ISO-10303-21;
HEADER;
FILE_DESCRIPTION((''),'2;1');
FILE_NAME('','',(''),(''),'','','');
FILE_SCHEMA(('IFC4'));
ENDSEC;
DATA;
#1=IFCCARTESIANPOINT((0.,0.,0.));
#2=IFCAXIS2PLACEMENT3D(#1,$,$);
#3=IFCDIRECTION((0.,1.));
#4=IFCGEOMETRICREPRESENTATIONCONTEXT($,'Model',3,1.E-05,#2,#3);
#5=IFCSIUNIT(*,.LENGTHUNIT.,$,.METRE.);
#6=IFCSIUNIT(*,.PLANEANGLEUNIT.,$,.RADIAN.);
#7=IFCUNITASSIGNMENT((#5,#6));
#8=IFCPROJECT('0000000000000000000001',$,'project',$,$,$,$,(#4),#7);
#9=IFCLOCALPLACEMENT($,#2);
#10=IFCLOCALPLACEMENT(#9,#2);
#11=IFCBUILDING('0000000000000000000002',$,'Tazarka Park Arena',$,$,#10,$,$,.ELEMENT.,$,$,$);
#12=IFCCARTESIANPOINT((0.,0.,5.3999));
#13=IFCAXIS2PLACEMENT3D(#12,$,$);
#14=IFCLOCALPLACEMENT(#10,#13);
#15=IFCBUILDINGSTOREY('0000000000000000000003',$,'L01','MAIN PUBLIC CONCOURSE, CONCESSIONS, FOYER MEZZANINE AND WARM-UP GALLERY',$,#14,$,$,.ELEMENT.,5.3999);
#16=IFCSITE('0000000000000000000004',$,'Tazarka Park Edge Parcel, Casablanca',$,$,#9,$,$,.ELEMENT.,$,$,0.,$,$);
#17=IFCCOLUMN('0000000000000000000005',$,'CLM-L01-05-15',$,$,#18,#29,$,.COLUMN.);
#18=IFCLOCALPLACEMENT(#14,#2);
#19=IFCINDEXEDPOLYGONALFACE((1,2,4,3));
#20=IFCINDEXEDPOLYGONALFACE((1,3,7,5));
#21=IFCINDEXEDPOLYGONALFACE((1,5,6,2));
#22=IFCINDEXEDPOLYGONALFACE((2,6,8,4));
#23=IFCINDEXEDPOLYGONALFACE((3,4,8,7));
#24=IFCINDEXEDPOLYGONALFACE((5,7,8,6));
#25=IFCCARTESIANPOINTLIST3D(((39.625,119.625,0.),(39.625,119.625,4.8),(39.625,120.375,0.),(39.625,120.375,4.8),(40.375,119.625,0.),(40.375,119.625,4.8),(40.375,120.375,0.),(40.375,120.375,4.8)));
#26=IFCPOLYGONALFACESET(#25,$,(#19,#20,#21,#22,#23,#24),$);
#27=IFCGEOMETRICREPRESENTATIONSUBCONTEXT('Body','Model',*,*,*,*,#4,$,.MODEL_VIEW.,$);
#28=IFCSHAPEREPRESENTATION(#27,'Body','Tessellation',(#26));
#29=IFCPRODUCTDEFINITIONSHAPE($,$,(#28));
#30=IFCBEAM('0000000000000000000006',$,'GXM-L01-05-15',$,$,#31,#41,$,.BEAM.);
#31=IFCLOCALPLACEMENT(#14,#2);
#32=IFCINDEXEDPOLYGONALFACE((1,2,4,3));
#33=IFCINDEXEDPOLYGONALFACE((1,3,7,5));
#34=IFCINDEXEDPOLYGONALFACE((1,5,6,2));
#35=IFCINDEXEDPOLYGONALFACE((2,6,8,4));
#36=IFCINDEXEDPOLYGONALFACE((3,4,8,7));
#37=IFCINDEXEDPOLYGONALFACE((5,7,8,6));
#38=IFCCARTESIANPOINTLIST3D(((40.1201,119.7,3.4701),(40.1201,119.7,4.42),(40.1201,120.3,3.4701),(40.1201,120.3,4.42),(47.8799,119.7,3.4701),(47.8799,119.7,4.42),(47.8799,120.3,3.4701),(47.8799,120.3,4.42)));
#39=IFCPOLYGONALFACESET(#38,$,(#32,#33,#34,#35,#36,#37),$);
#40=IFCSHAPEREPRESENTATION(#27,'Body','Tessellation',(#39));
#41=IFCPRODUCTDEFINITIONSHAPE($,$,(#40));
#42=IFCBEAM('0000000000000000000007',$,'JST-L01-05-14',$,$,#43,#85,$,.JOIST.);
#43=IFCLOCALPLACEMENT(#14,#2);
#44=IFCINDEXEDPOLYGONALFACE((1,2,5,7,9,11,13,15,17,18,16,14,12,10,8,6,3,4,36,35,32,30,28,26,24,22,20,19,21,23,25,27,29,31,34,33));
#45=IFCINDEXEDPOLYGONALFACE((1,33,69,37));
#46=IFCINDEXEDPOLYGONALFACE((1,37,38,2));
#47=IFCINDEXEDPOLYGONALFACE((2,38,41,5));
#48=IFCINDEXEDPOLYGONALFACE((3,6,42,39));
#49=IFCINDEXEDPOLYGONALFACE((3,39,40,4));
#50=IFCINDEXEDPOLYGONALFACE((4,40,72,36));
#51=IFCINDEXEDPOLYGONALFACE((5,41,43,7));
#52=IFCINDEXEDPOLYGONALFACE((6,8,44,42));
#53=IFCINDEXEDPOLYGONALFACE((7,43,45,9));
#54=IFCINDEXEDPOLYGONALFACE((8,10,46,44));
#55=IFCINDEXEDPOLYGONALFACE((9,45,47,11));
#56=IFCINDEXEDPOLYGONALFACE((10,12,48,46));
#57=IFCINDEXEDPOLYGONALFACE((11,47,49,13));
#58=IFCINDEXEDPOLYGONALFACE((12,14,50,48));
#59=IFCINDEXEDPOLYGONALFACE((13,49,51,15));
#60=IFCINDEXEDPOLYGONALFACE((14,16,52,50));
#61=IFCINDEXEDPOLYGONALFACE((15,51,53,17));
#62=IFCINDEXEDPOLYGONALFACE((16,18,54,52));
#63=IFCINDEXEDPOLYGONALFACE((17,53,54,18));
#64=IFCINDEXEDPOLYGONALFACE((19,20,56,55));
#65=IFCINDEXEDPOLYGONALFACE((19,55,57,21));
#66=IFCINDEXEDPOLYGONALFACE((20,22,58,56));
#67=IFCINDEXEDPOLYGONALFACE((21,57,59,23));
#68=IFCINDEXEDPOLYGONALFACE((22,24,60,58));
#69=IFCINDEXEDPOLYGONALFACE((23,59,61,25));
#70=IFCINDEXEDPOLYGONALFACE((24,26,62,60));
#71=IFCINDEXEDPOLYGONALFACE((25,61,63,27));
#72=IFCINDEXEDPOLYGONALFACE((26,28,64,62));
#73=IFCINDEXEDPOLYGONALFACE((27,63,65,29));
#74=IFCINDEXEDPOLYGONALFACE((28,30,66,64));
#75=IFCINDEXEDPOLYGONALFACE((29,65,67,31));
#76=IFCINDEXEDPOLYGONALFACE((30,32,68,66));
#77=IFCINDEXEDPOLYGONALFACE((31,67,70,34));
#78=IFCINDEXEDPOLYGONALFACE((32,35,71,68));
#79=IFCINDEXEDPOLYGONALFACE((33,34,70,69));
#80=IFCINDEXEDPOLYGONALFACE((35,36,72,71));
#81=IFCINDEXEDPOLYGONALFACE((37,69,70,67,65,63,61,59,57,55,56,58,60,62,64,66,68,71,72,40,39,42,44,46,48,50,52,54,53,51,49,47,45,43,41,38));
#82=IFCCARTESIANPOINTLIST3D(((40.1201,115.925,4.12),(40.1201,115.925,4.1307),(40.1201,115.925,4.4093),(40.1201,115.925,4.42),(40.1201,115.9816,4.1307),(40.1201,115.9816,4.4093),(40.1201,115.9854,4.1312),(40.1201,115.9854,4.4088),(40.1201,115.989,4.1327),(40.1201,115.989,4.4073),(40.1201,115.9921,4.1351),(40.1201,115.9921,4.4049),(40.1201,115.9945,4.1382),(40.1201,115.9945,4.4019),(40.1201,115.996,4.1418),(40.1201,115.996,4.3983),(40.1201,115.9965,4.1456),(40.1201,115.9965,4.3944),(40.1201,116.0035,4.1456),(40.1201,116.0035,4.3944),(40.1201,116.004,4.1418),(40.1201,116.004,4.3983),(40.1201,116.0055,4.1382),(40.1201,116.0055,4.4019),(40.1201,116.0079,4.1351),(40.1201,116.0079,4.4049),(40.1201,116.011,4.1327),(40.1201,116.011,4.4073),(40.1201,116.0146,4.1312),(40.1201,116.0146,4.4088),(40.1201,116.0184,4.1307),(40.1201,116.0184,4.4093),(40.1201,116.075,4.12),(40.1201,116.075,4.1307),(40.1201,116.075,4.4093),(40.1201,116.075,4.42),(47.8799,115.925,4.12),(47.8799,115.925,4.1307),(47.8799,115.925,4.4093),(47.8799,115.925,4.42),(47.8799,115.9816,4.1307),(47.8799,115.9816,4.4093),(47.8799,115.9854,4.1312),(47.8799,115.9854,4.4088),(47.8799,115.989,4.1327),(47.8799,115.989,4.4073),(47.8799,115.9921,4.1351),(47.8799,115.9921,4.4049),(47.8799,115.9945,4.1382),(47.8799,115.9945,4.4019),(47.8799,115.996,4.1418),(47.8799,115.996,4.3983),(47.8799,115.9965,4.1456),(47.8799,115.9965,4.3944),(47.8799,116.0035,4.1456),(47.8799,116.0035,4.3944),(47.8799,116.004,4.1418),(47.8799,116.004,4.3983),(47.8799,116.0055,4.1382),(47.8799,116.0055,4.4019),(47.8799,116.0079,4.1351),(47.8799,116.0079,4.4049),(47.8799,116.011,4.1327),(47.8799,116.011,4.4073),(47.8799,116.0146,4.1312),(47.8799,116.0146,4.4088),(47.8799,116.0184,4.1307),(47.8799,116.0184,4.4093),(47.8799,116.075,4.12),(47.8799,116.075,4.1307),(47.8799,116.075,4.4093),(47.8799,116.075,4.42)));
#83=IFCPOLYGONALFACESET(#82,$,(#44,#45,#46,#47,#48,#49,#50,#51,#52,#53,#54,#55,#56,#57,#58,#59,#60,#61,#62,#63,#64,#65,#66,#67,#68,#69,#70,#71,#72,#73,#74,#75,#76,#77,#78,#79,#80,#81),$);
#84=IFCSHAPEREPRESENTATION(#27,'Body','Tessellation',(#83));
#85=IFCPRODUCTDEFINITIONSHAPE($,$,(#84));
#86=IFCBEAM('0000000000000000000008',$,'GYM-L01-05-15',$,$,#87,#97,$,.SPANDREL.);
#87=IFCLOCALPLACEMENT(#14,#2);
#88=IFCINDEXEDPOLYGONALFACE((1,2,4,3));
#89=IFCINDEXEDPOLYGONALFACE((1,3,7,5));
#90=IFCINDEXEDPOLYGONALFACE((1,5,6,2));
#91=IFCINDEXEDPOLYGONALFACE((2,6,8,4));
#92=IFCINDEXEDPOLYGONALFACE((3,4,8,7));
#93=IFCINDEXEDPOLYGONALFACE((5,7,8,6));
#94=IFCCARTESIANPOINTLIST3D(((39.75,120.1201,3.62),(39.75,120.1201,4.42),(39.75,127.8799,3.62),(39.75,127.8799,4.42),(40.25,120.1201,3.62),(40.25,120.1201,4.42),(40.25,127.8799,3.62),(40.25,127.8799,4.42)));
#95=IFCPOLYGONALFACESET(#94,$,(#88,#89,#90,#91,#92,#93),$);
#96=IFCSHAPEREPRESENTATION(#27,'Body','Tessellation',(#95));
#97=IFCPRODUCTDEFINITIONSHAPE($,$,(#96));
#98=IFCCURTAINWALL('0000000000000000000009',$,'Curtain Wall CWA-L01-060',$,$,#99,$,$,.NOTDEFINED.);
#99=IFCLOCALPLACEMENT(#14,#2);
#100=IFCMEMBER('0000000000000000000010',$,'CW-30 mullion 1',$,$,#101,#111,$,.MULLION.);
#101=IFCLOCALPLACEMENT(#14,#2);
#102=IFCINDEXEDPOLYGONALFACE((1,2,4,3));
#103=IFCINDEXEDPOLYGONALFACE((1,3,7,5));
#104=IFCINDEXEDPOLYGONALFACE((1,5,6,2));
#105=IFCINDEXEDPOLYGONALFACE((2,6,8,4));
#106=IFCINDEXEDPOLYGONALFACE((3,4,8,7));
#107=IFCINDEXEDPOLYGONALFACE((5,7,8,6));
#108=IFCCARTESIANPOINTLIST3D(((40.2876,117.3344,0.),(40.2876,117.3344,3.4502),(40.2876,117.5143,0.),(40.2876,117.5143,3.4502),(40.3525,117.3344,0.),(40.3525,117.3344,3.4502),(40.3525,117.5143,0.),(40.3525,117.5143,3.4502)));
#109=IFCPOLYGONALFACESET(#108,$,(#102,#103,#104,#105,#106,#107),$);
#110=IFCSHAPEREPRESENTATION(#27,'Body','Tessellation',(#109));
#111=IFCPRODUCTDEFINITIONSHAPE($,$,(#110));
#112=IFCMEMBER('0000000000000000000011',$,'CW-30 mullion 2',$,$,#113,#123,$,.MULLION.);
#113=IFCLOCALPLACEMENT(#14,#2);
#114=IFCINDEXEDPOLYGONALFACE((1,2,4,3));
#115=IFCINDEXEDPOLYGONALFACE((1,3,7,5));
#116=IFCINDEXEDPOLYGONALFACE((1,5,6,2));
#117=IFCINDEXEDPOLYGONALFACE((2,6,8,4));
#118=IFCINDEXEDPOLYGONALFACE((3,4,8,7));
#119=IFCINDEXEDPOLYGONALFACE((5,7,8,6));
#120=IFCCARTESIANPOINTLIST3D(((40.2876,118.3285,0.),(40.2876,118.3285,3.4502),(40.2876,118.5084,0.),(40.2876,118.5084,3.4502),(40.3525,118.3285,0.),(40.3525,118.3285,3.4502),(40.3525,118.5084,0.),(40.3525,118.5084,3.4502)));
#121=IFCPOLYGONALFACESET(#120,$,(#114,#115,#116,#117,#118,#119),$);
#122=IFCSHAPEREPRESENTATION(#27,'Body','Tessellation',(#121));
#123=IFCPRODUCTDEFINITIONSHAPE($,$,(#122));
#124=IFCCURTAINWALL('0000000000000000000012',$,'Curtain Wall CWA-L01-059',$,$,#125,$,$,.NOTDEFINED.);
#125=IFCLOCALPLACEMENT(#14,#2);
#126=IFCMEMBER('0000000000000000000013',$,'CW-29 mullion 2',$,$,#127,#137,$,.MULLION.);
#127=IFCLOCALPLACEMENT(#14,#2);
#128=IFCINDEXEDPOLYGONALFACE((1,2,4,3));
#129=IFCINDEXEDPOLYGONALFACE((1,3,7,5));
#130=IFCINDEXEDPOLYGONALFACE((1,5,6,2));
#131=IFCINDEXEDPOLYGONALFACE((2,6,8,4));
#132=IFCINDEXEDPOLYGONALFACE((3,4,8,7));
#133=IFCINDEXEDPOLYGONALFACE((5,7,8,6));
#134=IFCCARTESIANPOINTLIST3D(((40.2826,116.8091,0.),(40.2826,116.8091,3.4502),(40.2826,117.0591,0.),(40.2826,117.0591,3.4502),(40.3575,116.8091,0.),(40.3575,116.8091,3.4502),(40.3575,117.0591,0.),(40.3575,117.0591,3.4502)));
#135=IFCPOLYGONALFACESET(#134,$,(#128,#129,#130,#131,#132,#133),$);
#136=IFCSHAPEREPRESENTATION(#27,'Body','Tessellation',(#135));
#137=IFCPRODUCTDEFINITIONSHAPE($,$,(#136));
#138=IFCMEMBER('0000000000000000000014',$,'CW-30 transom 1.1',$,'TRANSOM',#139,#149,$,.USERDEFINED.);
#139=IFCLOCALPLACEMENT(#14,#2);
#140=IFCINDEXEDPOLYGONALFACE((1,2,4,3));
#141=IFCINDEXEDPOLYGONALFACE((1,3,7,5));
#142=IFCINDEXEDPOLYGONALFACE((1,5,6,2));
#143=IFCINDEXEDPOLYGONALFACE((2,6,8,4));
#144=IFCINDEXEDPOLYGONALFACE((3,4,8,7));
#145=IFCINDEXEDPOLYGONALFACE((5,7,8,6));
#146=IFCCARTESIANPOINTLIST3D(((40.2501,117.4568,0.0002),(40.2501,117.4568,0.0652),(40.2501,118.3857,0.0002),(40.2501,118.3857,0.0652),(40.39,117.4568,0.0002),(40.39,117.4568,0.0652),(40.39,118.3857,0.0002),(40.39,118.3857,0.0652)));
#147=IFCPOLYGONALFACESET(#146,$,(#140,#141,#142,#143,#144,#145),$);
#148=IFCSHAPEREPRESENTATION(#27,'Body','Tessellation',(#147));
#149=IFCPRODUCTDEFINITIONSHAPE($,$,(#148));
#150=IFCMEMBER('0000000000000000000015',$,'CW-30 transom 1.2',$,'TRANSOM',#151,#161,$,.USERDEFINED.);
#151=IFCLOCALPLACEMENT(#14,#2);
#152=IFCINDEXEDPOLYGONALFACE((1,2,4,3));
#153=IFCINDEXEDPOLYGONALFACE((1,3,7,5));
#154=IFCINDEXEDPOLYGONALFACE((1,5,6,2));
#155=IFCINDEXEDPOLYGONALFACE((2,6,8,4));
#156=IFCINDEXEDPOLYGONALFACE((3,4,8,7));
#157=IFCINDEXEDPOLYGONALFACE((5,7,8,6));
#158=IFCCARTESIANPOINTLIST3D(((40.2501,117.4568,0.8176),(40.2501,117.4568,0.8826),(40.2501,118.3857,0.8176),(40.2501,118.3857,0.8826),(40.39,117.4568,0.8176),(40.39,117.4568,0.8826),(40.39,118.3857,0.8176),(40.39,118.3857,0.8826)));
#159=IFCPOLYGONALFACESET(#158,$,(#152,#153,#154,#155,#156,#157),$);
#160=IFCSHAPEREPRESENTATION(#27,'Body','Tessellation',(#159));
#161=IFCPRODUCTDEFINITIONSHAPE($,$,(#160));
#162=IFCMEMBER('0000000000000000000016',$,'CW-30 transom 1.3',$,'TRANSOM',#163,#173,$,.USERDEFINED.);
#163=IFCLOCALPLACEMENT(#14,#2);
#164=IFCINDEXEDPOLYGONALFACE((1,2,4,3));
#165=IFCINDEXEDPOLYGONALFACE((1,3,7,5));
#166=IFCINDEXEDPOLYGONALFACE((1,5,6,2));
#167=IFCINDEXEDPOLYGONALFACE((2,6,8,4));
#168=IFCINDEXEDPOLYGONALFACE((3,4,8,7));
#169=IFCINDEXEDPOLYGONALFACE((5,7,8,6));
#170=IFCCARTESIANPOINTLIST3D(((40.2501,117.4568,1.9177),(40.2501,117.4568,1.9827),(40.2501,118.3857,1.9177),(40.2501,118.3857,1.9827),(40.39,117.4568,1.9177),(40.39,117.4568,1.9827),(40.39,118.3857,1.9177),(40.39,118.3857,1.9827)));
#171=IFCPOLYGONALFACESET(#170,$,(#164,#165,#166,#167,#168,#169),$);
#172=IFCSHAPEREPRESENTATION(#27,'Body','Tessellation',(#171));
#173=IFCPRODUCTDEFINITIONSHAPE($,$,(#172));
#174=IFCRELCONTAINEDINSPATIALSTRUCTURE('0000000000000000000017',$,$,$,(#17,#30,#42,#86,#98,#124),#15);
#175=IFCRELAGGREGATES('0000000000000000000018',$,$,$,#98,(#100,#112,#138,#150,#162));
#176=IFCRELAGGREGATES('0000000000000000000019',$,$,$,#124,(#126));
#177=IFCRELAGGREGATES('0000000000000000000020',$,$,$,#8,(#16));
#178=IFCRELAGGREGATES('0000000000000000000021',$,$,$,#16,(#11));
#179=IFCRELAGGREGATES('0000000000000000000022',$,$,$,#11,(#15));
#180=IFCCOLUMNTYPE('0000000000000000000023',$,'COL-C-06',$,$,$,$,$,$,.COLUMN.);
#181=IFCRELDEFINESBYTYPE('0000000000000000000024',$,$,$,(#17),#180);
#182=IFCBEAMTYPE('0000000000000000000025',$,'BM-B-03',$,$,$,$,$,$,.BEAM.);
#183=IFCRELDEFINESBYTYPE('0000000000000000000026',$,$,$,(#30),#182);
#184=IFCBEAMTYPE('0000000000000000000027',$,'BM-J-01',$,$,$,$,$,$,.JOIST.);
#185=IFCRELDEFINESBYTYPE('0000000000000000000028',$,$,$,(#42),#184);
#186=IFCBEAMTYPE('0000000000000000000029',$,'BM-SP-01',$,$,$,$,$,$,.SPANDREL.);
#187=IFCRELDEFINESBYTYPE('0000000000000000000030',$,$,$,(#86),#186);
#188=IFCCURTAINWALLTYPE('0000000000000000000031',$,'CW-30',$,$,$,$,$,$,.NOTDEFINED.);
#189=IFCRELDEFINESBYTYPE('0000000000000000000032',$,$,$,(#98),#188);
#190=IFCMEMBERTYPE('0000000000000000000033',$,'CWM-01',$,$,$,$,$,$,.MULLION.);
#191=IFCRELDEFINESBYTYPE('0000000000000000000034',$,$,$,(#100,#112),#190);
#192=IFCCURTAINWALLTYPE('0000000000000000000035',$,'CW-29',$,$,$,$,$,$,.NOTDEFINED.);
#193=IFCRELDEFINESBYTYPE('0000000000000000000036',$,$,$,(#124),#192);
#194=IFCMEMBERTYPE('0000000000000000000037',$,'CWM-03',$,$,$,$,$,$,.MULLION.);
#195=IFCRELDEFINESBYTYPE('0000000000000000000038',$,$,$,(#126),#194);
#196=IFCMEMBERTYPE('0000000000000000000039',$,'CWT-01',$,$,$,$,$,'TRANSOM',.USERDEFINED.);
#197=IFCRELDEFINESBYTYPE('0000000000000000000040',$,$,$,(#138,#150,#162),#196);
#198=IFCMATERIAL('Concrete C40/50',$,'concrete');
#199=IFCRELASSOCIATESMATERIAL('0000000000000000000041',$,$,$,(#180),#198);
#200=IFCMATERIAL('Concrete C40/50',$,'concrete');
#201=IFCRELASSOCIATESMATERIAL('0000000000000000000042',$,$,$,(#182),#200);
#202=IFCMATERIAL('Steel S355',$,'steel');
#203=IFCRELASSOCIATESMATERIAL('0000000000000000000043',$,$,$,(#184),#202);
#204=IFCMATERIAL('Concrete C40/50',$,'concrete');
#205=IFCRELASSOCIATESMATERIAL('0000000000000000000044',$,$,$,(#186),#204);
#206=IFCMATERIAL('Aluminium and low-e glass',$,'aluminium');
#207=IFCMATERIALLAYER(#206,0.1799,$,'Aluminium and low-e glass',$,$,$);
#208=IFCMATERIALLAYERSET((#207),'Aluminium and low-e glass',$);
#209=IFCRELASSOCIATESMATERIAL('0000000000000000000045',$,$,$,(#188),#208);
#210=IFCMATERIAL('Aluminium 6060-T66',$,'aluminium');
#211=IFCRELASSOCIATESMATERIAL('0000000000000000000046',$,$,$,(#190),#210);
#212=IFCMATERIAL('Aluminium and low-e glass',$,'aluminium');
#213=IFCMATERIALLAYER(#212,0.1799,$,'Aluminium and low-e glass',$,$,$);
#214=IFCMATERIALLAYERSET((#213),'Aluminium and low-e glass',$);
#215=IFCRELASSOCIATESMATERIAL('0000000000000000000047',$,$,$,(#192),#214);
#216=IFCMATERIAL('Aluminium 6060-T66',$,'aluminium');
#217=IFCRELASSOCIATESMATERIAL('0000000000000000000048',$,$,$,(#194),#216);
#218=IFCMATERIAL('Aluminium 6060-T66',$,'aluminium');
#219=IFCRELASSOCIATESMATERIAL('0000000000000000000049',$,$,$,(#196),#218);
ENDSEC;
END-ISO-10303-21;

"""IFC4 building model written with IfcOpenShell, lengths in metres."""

from ifc_helpers import new_model, si_unit, direction, frame, origin, origin_2d, place, context, subcontext, project, spatial, rectangle, i_section, extrude, material, layer, layer_set, material_profile, profile_set, type_object, element, aggregate, save


model = new_model("IFC4")

# Units and contexts
model_context = context("Model", 3, precision=1e-05, world=origin(), true_north=direction((0.0, 1.0)))
body_context = subcontext(model_context, "Body", "Model", "MODEL_VIEW")
ifc_project = project(units=[si_unit("LENGTHUNIT", "METRE"), si_unit("PLANEANGLEUNIT", "RADIAN")], contexts=[model_context])

# Site, building, storey
site_placement = place(None, origin())
site = spatial("IfcSite", under=ifc_project, at=site_placement, Name="Tazarka Park Edge Parcel, Casablanca", CompositionType="ELEMENT", RefElevation=0.0)
building_placement = place(site_placement, origin())
building = spatial("IfcBuilding", under=site, at=building_placement, Name="Tazarka Park Arena", CompositionType="ELEMENT")
storey_placement = place(building_placement, frame((0.0, 0.0, 5.3999)))
storey = spatial("IfcBuildingStorey", under=building, at=storey_placement, Name="L01", Description="MAIN PUBLIC CONCOURSE, CONCESSIONS, FOYER MEZZANINE AND WARM-UP GALLERY", CompositionType="ELEMENT", Elevation=5.3999)

# Column
ifc_material_1 = material(Name="Concrete C40/50", Category="concrete")
ifc_material_profile_1 = material_profile(ifc_material_1, rectangle(XDim=0.75, YDim=0.75, at=origin_2d()), Name="Concrete C40/50")
ifc_profile_set_1 = profile_set([ifc_material_profile_1], Name="Concrete C40/50")
column_type = type_object("IfcColumnType", Name="COL-C-06", PredefinedType="COLUMN", material=ifc_profile_set_1)
column_placement = place(storey_placement, frame((40.0, 120.0, 0.0), z_axis=(0.0, 0.0, 1.0), x_axis=(1.0, 0.0, 0.0)))
element("IfcColumn", 1, at=column_placement, inside=storey, type_object=column_type, Name="CLM-L01-05-15", PredefinedType="COLUMN", context=body_context, shape_type="SweptSolid", body=[
    extrude(rectangle(XDim=0.75, YDim=0.75, at=origin_2d()), origin(), (0.0, 0.0, 1.0), 4.8),
])

# Beams
ifc_material_2 = material(Name="Concrete C40/50", Category="concrete")
ifc_material_profile_2 = material_profile(ifc_material_2, rectangle(XDim=0.6001, YDim=0.95, at=origin_2d()), Name="Concrete C40/50")
ifc_profile_set_2 = profile_set([ifc_material_profile_2], Name="Concrete C40/50")
beam_type_1 = type_object("IfcBeamType", Name="BM-B-03", PredefinedType="BEAM", material=ifc_profile_set_2)
beam_1_placement = place(storey_placement, frame((40.1201, 120.0, 3.9451), z_axis=(1.0, 0.0, 0.0), x_axis=(0.0, 1.0, 0.0)))
element("IfcBeam", 2, at=beam_1_placement, inside=storey, type_object=beam_type_1, Name="GXM-L01-05-15", PredefinedType="BEAM", context=body_context, shape_type="SweptSolid", body=[
    extrude(rectangle(XDim=0.6001, YDim=0.95, at=origin_2d()), origin(), (0.0, 0.0, 1.0), 7.7598),
])
ifc_material_3 = material(Name="Steel S355", Category="steel")
ifc_material_profile_3 = material_profile(ifc_material_3, i_section(OverallWidth=0.1499, OverallDepth=0.3, WebThickness=0.0071, FlangeThickness=0.0107, FilletRadius=0.0149, at=origin_2d()), Name="Steel S355")
ifc_profile_set_3 = profile_set([ifc_material_profile_3], Name="Steel S355")
beam_type_2 = type_object("IfcBeamType", Name="BM-J-01", PredefinedType="JOIST", material=ifc_profile_set_3)
beam_2_placement = place(storey_placement, frame((40.1201, 116.0, 4.27), z_axis=(1.0, 0.0, 0.0), x_axis=(0.0, 1.0, 0.0)))
element("IfcBeam", 3, at=beam_2_placement, inside=storey, type_object=beam_type_2, Name="JST-L01-05-14", PredefinedType="JOIST", context=body_context, shape_type="SweptSolid", body=[
    extrude(i_section(OverallWidth=0.1499, OverallDepth=0.3, WebThickness=0.0071, FlangeThickness=0.0107, FilletRadius=0.0149, at=origin_2d()), origin(), (0.0, 0.0, 1.0), 7.7598),
])
ifc_material_4 = material(Name="Concrete C40/50", Category="concrete")
ifc_material_profile_4 = material_profile(ifc_material_4, rectangle(XDim=0.5, YDim=0.8, at=origin_2d()), Name="Concrete C40/50")
ifc_profile_set_4 = profile_set([ifc_material_profile_4], Name="Concrete C40/50")
beam_type_3 = type_object("IfcBeamType", Name="BM-SP-01", PredefinedType="SPANDREL", material=ifc_profile_set_4)
beam_3_placement = place(storey_placement, frame((40.0, 120.1201, 4.02), z_axis=(0.0, 1.0, 0.0), x_axis=(-1.0, 0.0, 0.0)))
element("IfcBeam", 4, at=beam_3_placement, inside=storey, type_object=beam_type_3, Name="GYM-L01-05-15", PredefinedType="SPANDREL", context=body_context, shape_type="SweptSolid", body=[
    extrude(rectangle(XDim=0.5, YDim=0.8, at=origin_2d()), origin(), (0.0, 0.0, 1.0), 7.7598),
])

# Curtain wall, members
ifc_material_5 = material(Name="Aluminium and low-e glass", Category="aluminium")
ifc_layer_1 = layer(ifc_material_5, 0.1799, Name="Aluminium and low-e glass")
ifc_layer_set_1 = layer_set([ifc_layer_1], Name="Aluminium and low-e glass")
curtain_wall_type_1 = type_object("IfcCurtainWallType", Name="CW-30", PredefinedType="NOTDEFINED", material=ifc_layer_set_1)
curtain_wall_1_placement = place(storey_placement, origin())
curtain_wall_1 = element("IfcCurtainWall", 5, at=curtain_wall_1_placement, inside=storey, type_object=curtain_wall_type_1, Name="Curtain Wall CWA-L01-060", PredefinedType="NOTDEFINED")
ifc_material_6 = material(Name="Aluminium 6060-T66", Category="aluminium")
ifc_material_profile_5 = material_profile(ifc_material_6, rectangle(XDim=0.0649, YDim=0.1799, at=origin_2d()), Name="Aluminium 6060-T66")
ifc_profile_set_5 = profile_set([ifc_material_profile_5], Name="Aluminium 6060-T66")
member_type_1 = type_object("IfcMemberType", Name="CWM-01", PredefinedType="MULLION", material=ifc_profile_set_5)
member_1_placement = place(storey_placement, frame((40.3201, 117.4243, 0.0), z_axis=(0.0, 0.0, 1.0), x_axis=(-1.0, 0.0, 0.0)))
member_1 = element("IfcMember", 6, at=member_1_placement, type_object=member_type_1, Name="CW-30 mullion 1", PredefinedType="MULLION", context=body_context, shape_type="SweptSolid", body=[
    extrude(rectangle(XDim=0.0649, YDim=0.1799, at=origin_2d()), origin(), (0.0, 0.0, 1.0), 3.4502),
])
member_2_placement = place(storey_placement, frame((40.3201, 118.4185, 0.0), z_axis=(0.0, 0.0, 1.0), x_axis=(-1.0, 0.0, 0.0)))
member_2 = element("IfcMember", 7, at=member_2_placement, type_object=member_type_1, Name="CW-30 mullion 2", PredefinedType="MULLION", context=body_context, shape_type="SweptSolid", body=[
    extrude(rectangle(XDim=0.0649, YDim=0.1799, at=origin_2d()), origin(), (0.0, 0.0, 1.0), 3.4502),
])

# Curtain wall, member
ifc_material_7 = material(Name="Aluminium and low-e glass", Category="aluminium")
ifc_layer_2 = layer(ifc_material_7, 0.1799, Name="Aluminium and low-e glass")
ifc_layer_set_2 = layer_set([ifc_layer_2], Name="Aluminium and low-e glass")
curtain_wall_type_2 = type_object("IfcCurtainWallType", Name="CW-29", PredefinedType="NOTDEFINED", material=ifc_layer_set_2)
curtain_wall_2_placement = place(storey_placement, origin())
curtain_wall_2 = element("IfcCurtainWall", 8, at=curtain_wall_2_placement, inside=storey, type_object=curtain_wall_type_2, Name="Curtain Wall CWA-L01-059", PredefinedType="NOTDEFINED")
ifc_material_8 = material(Name="Aluminium 6060-T66", Category="aluminium")
ifc_material_profile_6 = material_profile(ifc_material_8, rectangle(XDim=0.075, YDim=0.25, at=origin_2d()), Name="Aluminium 6060-T66")
ifc_profile_set_6 = profile_set([ifc_material_profile_6], Name="Aluminium 6060-T66")
member_type_2 = type_object("IfcMemberType", Name="CWM-03", PredefinedType="MULLION", material=ifc_profile_set_6)
member_3_placement = place(storey_placement, frame((40.3201, 116.9341, 0.0), z_axis=(0.0, 0.0, 1.0), x_axis=(-1.0, 0.0, 0.0)))
member_3 = element("IfcMember", 9, at=member_3_placement, type_object=member_type_2, Name="CW-29 mullion 2", PredefinedType="MULLION", context=body_context, shape_type="SweptSolid", body=[
    extrude(rectangle(XDim=0.075, YDim=0.25, at=origin_2d()), origin(), (0.0, 0.0, 1.0), 3.4502),
])

# Members
ifc_material_9 = material(Name="Aluminium 6060-T66", Category="aluminium")
ifc_material_profile_7 = material_profile(ifc_material_9, rectangle(XDim=0.1399, YDim=0.0649, at=origin_2d()), Name="Aluminium 6060-T66")
ifc_profile_set_7 = profile_set([ifc_material_profile_7], Name="Aluminium 6060-T66")
member_type_3 = type_object("IfcMemberType", Name="CWT-01", ElementType="TRANSOM", PredefinedType="USERDEFINED", material=ifc_profile_set_7)
member_4_placement = place(storey_placement, frame((40.3201, 117.4568, 0.0327), z_axis=(0.0, 1.0, 0.0), x_axis=(-1.0, 0.0, 0.0)))
member_4 = element("IfcMember", 10, at=member_4_placement, type_object=member_type_3, Name="CW-30 transom 1.1", ObjectType="TRANSOM", PredefinedType="USERDEFINED", context=body_context, shape_type="SweptSolid", body=[
    extrude(rectangle(XDim=0.1399, YDim=0.0649, at=origin_2d()), origin(), (0.0, 0.0, 1.0), 0.929),
])
member_5_placement = place(storey_placement, frame((40.3201, 117.4568, 0.8501), z_axis=(0.0, 1.0, 0.0), x_axis=(-1.0, 0.0, 0.0)))
member_5 = element("IfcMember", 11, at=member_5_placement, type_object=member_type_3, Name="CW-30 transom 1.2", ObjectType="TRANSOM", PredefinedType="USERDEFINED", context=body_context, shape_type="SweptSolid", body=[
    extrude(rectangle(XDim=0.1399, YDim=0.0649, at=origin_2d()), origin(), (0.0, 0.0, 1.0), 0.929),
])
member_6_placement = place(storey_placement, frame((40.3201, 117.4568, 1.9502), z_axis=(0.0, 1.0, 0.0), x_axis=(-1.0, 0.0, 0.0)))
member_6 = element("IfcMember", 12, at=member_6_placement, type_object=member_type_3, Name="CW-30 transom 1.3", ObjectType="TRANSOM", PredefinedType="USERDEFINED", context=body_context, shape_type="SweptSolid", body=[
    extrude(rectangle(XDim=0.1399, YDim=0.0649, at=origin_2d()), origin(), (0.0, 0.0, 1.0), 0.929),
])

aggregate(curtain_wall_1, [member_1, member_2, member_4, member_5, member_6])
aggregate(curtain_wall_2, [member_3])

save(model, "model.ifc")
